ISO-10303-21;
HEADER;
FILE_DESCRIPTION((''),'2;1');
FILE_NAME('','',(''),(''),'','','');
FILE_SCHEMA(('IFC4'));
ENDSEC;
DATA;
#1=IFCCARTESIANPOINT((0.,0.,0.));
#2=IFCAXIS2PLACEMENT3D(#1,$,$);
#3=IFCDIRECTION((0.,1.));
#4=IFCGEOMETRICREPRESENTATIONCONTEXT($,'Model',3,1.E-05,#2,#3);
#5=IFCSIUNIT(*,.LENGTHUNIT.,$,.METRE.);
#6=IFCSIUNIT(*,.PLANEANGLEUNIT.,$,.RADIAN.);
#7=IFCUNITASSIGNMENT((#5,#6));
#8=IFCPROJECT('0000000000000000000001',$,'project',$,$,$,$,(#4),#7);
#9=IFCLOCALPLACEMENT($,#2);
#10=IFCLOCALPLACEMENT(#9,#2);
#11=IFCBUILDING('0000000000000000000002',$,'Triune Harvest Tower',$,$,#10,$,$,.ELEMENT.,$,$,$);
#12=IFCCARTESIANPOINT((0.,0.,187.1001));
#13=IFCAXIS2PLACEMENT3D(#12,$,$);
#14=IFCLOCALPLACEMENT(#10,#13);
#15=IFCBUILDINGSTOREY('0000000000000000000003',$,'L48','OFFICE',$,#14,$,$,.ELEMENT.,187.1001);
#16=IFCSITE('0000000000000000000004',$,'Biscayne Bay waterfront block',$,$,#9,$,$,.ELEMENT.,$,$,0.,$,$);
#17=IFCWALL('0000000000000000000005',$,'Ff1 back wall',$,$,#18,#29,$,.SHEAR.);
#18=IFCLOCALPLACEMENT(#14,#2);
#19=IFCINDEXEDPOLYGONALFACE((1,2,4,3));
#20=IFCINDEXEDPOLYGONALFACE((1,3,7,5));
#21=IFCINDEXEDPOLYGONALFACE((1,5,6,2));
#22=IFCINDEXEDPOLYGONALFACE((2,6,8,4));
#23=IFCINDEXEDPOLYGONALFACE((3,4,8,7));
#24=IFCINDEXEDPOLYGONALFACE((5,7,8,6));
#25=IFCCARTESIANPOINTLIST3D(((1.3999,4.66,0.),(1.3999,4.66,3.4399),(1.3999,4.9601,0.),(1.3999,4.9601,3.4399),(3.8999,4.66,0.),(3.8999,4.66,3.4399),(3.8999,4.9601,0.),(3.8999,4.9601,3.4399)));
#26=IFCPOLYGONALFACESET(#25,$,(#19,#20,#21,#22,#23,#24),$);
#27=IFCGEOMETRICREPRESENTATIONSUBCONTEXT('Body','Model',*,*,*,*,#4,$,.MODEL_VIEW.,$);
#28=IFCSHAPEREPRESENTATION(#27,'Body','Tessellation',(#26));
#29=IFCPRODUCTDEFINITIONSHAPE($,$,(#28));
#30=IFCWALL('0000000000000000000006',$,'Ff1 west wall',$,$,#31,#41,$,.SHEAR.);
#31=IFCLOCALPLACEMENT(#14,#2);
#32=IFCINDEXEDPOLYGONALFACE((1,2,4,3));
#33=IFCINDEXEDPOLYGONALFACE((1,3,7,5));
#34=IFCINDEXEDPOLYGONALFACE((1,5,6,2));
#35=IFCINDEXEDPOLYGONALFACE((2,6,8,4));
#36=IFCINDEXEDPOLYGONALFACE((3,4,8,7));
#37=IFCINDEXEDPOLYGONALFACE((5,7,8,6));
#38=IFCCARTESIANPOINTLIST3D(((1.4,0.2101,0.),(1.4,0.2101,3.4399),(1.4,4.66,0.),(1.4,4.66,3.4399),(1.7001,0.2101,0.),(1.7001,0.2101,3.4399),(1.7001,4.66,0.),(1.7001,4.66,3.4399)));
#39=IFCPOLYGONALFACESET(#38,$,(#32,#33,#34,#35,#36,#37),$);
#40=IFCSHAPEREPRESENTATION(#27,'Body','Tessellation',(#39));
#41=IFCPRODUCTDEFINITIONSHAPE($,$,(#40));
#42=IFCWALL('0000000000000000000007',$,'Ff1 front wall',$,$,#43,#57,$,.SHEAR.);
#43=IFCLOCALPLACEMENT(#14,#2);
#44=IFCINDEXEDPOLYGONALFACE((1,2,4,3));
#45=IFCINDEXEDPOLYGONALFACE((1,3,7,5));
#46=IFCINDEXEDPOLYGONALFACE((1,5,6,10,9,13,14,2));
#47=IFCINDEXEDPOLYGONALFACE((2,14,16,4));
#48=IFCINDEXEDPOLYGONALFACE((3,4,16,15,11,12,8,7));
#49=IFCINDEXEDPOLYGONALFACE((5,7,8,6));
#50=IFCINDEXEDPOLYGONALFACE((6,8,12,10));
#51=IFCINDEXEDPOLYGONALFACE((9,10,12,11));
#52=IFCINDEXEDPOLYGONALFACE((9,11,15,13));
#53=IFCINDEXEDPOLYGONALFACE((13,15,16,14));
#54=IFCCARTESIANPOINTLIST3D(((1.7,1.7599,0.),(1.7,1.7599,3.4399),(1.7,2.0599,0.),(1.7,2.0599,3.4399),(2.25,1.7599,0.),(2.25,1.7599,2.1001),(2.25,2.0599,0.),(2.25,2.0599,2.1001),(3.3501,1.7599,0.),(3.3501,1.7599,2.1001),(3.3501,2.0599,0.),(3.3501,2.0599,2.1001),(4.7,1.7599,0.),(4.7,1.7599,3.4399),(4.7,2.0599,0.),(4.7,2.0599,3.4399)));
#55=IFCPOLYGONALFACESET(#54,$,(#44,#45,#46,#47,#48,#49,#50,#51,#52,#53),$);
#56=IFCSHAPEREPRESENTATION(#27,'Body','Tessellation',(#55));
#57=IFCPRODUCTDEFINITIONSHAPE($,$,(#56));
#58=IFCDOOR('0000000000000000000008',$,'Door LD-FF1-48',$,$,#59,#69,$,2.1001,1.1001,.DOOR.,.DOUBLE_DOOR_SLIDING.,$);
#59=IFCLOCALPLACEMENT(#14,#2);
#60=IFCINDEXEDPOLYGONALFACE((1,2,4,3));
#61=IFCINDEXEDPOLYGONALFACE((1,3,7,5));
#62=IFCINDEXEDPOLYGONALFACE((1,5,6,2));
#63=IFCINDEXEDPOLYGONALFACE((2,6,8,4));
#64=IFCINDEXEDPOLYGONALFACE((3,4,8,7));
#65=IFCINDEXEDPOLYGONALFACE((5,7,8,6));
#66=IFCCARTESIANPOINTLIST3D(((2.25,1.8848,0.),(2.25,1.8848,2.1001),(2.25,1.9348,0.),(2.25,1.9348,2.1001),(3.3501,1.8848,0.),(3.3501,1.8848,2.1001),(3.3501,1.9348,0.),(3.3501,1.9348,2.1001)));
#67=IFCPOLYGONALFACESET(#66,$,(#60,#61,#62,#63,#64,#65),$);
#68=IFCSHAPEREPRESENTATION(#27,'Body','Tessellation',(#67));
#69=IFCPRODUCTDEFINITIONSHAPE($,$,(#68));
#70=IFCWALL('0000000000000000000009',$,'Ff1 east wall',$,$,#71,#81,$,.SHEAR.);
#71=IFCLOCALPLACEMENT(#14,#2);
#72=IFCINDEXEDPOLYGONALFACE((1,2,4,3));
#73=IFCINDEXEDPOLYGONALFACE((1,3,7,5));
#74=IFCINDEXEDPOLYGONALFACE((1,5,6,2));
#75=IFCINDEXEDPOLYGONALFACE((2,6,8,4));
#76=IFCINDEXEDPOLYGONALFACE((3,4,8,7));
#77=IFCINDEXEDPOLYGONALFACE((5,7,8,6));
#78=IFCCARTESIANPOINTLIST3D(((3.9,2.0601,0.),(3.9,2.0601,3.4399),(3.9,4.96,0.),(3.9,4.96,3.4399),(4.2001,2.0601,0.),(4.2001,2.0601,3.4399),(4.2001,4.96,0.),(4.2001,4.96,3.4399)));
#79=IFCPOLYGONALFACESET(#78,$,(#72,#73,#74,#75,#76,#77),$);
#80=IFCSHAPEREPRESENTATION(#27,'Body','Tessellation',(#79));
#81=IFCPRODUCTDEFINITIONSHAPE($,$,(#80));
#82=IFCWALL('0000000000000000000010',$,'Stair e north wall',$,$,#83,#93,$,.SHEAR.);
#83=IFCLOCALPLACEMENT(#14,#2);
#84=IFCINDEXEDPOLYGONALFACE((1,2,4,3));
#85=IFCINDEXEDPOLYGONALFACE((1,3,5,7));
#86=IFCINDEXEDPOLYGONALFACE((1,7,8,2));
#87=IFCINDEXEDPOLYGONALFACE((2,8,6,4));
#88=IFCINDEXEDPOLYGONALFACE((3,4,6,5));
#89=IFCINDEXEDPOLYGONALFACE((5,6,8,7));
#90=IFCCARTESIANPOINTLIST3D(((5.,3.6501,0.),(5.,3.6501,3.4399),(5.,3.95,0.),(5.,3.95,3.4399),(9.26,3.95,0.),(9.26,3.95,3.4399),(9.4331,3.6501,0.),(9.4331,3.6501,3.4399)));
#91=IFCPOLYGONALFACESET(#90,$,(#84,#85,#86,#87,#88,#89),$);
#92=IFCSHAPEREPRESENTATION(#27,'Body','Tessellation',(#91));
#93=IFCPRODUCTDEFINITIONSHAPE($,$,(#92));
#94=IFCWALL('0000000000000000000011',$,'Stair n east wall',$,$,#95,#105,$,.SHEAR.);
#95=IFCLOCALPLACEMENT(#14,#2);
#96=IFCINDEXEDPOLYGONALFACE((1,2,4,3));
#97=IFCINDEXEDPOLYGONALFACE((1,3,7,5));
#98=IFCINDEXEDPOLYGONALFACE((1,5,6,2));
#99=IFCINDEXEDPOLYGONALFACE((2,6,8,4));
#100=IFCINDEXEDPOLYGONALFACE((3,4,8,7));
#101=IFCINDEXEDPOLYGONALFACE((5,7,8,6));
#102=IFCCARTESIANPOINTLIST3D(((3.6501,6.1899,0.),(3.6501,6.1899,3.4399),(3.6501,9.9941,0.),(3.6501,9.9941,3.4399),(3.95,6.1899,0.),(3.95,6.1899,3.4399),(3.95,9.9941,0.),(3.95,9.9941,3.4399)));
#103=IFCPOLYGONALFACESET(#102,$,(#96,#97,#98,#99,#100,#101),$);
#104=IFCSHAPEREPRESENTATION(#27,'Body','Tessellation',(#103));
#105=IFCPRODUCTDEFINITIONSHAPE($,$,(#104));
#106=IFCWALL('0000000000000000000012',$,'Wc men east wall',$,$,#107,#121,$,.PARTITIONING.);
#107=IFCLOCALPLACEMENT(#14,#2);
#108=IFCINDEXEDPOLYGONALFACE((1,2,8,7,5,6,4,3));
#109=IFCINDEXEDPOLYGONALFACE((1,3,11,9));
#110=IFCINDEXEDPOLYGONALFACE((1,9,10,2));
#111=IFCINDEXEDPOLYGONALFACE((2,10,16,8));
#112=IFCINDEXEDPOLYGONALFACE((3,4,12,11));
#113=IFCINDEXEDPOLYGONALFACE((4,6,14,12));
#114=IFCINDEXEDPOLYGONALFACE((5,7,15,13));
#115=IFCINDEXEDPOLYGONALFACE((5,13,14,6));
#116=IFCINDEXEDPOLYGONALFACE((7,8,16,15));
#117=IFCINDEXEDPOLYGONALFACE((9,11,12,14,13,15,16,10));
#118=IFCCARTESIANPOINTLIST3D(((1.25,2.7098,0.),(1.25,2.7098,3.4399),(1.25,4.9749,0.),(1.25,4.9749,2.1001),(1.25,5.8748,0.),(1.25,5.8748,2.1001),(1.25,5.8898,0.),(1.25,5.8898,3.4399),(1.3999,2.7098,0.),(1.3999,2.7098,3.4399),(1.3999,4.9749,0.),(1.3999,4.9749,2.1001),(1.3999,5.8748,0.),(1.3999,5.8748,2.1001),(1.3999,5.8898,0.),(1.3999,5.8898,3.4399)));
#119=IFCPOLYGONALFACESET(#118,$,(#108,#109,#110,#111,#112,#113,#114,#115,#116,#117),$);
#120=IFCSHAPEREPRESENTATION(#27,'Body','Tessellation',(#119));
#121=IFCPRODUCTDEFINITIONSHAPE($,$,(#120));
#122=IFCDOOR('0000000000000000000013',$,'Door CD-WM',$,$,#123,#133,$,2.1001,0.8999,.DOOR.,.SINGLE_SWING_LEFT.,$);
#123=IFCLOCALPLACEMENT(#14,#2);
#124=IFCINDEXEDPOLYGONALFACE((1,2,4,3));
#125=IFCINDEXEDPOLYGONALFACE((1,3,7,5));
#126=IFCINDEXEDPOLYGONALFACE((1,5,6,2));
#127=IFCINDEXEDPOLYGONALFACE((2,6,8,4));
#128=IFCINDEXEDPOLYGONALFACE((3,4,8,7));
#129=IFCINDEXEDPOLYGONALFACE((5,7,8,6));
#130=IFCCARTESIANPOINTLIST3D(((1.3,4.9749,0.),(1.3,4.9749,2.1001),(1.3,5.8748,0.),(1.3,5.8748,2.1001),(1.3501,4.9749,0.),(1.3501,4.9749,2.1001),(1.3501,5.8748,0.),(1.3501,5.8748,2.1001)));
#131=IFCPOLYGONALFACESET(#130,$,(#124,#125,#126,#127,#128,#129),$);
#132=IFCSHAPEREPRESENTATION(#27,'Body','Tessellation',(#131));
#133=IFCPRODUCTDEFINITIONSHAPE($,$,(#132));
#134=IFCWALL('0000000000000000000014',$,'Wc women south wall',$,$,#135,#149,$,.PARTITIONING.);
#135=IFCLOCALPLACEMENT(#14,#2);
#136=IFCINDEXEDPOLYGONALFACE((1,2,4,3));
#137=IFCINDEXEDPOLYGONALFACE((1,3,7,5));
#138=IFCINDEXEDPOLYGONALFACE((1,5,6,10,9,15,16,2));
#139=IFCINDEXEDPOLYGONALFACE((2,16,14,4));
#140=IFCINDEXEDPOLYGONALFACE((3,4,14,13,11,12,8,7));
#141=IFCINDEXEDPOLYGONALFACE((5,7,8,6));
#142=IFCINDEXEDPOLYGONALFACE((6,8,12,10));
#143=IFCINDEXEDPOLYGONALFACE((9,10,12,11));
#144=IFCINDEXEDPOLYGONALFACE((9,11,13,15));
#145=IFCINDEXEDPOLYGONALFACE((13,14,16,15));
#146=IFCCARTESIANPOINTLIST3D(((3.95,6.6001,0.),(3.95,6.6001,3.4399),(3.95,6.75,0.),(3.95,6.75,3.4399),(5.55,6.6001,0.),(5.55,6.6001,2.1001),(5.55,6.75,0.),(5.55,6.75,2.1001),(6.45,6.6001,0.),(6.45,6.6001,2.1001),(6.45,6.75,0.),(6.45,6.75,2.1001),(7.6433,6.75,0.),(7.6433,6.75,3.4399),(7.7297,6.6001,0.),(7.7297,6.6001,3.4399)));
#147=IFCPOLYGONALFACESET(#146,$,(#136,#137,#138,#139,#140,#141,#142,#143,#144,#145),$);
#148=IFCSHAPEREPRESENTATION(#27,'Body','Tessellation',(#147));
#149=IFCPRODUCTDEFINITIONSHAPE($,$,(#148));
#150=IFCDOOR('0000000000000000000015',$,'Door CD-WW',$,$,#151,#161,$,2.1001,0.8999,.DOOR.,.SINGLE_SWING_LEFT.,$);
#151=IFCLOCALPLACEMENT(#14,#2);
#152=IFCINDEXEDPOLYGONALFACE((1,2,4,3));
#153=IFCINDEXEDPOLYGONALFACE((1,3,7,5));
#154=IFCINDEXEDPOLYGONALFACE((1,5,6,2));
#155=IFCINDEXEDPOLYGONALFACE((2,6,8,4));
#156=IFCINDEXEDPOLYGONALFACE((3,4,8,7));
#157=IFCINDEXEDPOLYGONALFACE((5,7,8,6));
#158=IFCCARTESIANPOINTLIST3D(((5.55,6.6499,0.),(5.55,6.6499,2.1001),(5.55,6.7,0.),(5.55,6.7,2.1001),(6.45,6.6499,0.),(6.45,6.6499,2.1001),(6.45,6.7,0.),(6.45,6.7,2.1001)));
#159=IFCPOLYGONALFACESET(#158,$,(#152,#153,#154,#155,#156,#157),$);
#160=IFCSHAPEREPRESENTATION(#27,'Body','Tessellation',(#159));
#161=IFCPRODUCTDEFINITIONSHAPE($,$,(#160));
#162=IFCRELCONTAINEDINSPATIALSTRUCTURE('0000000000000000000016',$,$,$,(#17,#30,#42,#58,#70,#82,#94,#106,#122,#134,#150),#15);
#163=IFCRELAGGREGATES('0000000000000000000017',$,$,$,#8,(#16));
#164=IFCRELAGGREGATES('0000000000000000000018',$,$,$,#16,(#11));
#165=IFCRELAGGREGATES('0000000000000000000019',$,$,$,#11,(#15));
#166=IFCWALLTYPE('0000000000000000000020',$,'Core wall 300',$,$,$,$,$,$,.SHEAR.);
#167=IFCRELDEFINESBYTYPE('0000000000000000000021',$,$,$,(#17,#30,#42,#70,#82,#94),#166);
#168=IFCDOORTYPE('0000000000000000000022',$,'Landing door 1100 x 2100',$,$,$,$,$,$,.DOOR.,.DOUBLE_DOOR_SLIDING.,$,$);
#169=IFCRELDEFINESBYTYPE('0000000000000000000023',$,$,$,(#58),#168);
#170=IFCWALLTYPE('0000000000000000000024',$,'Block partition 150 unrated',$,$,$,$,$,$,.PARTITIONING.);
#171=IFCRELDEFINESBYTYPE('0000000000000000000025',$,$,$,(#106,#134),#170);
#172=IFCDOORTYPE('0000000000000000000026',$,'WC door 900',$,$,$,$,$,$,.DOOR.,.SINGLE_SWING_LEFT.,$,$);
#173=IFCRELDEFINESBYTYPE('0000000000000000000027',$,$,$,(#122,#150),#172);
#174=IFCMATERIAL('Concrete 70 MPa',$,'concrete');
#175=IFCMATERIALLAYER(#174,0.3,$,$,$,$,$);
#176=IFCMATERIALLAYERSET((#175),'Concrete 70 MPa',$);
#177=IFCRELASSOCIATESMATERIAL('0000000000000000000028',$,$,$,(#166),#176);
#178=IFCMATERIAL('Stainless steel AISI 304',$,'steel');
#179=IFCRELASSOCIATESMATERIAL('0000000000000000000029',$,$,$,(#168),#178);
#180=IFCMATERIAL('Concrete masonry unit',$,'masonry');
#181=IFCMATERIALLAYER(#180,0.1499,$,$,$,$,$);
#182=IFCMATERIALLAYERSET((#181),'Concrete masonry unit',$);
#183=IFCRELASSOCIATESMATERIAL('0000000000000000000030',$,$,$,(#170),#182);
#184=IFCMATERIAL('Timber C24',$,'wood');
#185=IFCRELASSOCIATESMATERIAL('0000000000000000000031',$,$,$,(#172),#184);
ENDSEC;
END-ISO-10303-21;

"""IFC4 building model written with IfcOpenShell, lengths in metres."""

from ifc_helpers import new_model, si_unit, direction, frame, frame_2d, origin, place, context, subcontext, project, spatial, polyline, rectangle, outline, extrude, source, transform, mapped, material, layer, layer_set, type_object, element, fill, save


model = new_model("IFC4")

# Units and contexts
model_context = context("Model", 3, precision=1e-05, world=origin(), true_north=direction((0.0, 1.0)))
body_context = subcontext(model_context, "Body", "Model", "MODEL_VIEW")
ifc_project = project(units=[si_unit("LENGTHUNIT", "METRE"), si_unit("PLANEANGLEUNIT", "RADIAN")], contexts=[model_context])

# Site, building, storey
site_placement = place(None, origin())
site = spatial("IfcSite", under=ifc_project, at=site_placement, Name="Biscayne Bay waterfront block", CompositionType="ELEMENT", RefElevation=0.0)
building_placement = place(site_placement, origin())
building = spatial("IfcBuilding", under=site, at=building_placement, Name="Triune Harvest Tower", CompositionType="ELEMENT")
storey_placement = place(building_placement, frame((0.0, 0.0, 187.1001)))
storey = spatial("IfcBuildingStorey", under=building, at=storey_placement, Name="L48", Description="OFFICE", CompositionType="ELEMENT", Elevation=187.1001)

# Walls
ifc_material_1 = material(Name="Concrete 70 MPa", Category="concrete")
ifc_layer_1 = layer(ifc_material_1, 0.3)
ifc_layer_set_1 = layer_set([ifc_layer_1], Name="Concrete 70 MPa")
wall_type_1 = type_object("IfcWallType", Name="Core wall 300", PredefinedType="SHEAR", material=ifc_layer_set_1)
shared_shape_1 = source(origin(), body_context, "Body", "SweptSolid", [
    extrude(rectangle(XDim=2.5, YDim=0.3, at=frame_2d((1.25, 0.0))), origin(), (0.0, 0.0, 1.0), 3.4399),
])
wall_1_placement = place(storey_placement, frame((1.3999, 4.8101, 0.0), z_axis=(0.0, 0.0, 1.0), x_axis=(1.0, 0.0, 0.0)))
element("IfcWall", 1, at=wall_1_placement, inside=storey, type_object=wall_type_1, Name="Ff1 back wall", PredefinedType="SHEAR", context=body_context, shape_type="MappedRepresentation", body=[
    mapped(shared_shape_1, transform((0.0, 0.0, 0.0), scale=1.0)),
])
shared_shape_2 = source(origin(), body_context, "Body", "SweptSolid", [
    extrude(rectangle(XDim=4.45, YDim=0.3, at=frame_2d((2.2251, 0.0))), origin(), (0.0, 0.0, 1.0), 3.4399),
])
wall_2_placement = place(storey_placement, frame((1.55, 0.21, 0.0), z_axis=(0.0, 0.0, 1.0), x_axis=(0.0, 1.0, 0.0)))
element("IfcWall", 2, at=wall_2_placement, inside=storey, type_object=wall_type_1, Name="Ff1 west wall", PredefinedType="SHEAR", context=body_context, shape_type="MappedRepresentation", body=[
    mapped(shared_shape_2, transform((0.0, 0.0, 0.0), scale=1.0)),
])

# Wall, opening, door
shared_shape_3 = source(origin(), body_context, "Body", "SweptSolid", [
    extrude(rectangle(XDim=3.0, YDim=0.3, at=frame_2d((1.5, 0.0))), origin(), (0.0, 0.0, 1.0), 3.4399),
])
wall_3_placement = place(storey_placement, frame((1.7, 1.9099, 0.0), z_axis=(0.0, 0.0, 1.0), x_axis=(1.0, 0.0, 0.0)))
wall_3 = element("IfcWall", 3, at=wall_3_placement, inside=storey, type_object=wall_type_1, Name="Ff1 front wall", PredefinedType="SHEAR", context=body_context, shape_type="MappedRepresentation", body=[
    mapped(shared_shape_3, transform((0.0, 0.0, 0.0), scale=1.0)),
])
opening_1_placement = place(wall_3_placement, frame((0.55, 0.0, 0.0)))
opening_1 = element("IfcOpeningElement", 4, at=opening_1_placement, cuts=wall_3, PredefinedType="OPENING", context=body_context, shape_type="SweptSolid", body=[
    extrude(rectangle(XDim=1.1001, YDim=2.1001, at=frame_2d((0.55, 1.05))), frame((0.0, 0.1602, 0.0), z_axis=(0.0, -1.0, 0.0), x_axis=(1.0, 0.0, 0.0)), (0.0, 0.0, 1.0), 0.3201),
])
ifc_material_2 = material(Name="Stainless steel AISI 304", Category="steel")
door_type_1 = type_object("IfcDoorType", Name="Landing door 1100 x 2100", OperationType="DOUBLE_DOOR_SLIDING", PredefinedType="DOOR", material=ifc_material_2)
door_1_placement = place(opening_1_placement, origin())
door_1 = element("IfcDoor", 5, at=door_1_placement, inside=storey, type_object=door_type_1, Name="Door LD-FF1-48", OperationType="DOUBLE_DOOR_SLIDING", OverallHeight=2.1001, OverallWidth=1.1001, PredefinedType="DOOR", context=body_context, shape_type="SweptSolid", body=[
    extrude(rectangle(XDim=1.1001, YDim=2.1001, at=frame_2d((0.55, 1.05))), frame((0.0, 0.0249, 0.0), z_axis=(0.0, -1.0, 0.0), x_axis=(1.0, 0.0, 0.0)), (0.0, 0.0, 1.0), 0.05),
])
fill(opening_1, door_1)

# Walls
shared_shape_4 = source(origin(), body_context, "Body", "SweptSolid", [
    extrude(rectangle(XDim=2.8999, YDim=0.3, at=frame_2d((1.45, 0.0))), origin(), (0.0, 0.0, 1.0), 3.4399),
])
wall_4_placement = place(storey_placement, frame((4.05, 2.0601, 0.0), z_axis=(0.0, 0.0, 1.0), x_axis=(0.0, 1.0, 0.0)))
element("IfcWall", 6, at=wall_4_placement, inside=storey, type_object=wall_type_1, Name="Ff1 east wall", PredefinedType="SHEAR", context=body_context, shape_type="MappedRepresentation", body=[
    mapped(shared_shape_4, transform((0.0, 0.0, 0.0), scale=1.0)),
])
shared_shape_5 = source(origin(), body_context, "Body", "SweptSolid", [
    extrude(outline(polyline([(0.0, -0.1499), (0.0, 0.1499), (4.26, 0.1499), (4.4331, -0.1499), (0.0, -0.1499)])), origin(), (0.0, 0.0, 1.0), 3.4399),
])
wall_5_placement = place(storey_placement, frame((5.0, 3.8, 0.0), z_axis=(0.0, 0.0, 1.0), x_axis=(1.0, 0.0, 0.0)))
element("IfcWall", 7, at=wall_5_placement, inside=storey, type_object=wall_type_1, Name="Stair e north wall", PredefinedType="SHEAR", context=body_context, shape_type="MappedRepresentation", body=[
    mapped(shared_shape_5, transform((0.0, 0.0, 0.0), scale=1.0)),
])
shared_shape_6 = source(origin(), body_context, "Body", "SweptSolid", [
    extrude(outline(polyline([(0.0, -0.1499), (0.0, 0.1499), (3.8042, 0.1499), (3.8042, -0.1499), (0.0, -0.1499)])), origin(), (0.0, 0.0, 1.0), 3.4399),
])
wall_6_placement = place(storey_placement, frame((3.8, 6.1899, 0.0), z_axis=(0.0, 0.0, 1.0), x_axis=(0.0, 1.0, 0.0)))
element("IfcWall", 8, at=wall_6_placement, inside=storey, type_object=wall_type_1, Name="Stair n east wall", PredefinedType="SHEAR", context=body_context, shape_type="MappedRepresentation", body=[
    mapped(shared_shape_6, transform((0.0, 0.0, 0.0), scale=1.0)),
])

# Walls, openings, doors
ifc_material_3 = material(Name="Concrete masonry unit", Category="masonry")
ifc_layer_2 = layer(ifc_material_3, 0.1499)
ifc_layer_set_2 = layer_set([ifc_layer_2], Name="Concrete masonry unit")
wall_type_2 = type_object("IfcWallType", Name="Block partition 150 unrated", PredefinedType="PARTITIONING", material=ifc_layer_set_2)
shared_shape_7 = source(origin(), body_context, "Body", "SweptSolid", [
    extrude(rectangle(XDim=3.1799, YDim=0.1499, at=frame_2d((1.5898, 0.0))), origin(), (0.0, 0.0, 1.0), 3.4399),
])
wall_7_placement = place(storey_placement, frame((1.325, 2.71, 0.0), z_axis=(0.0, 0.0, 1.0), x_axis=(0.0, 1.0, 0.0)))
wall_7 = element("IfcWall", 9, at=wall_7_placement, inside=storey, type_object=wall_type_2, Name="Wc men east wall", PredefinedType="PARTITIONING", context=body_context, shape_type="MappedRepresentation", body=[
    mapped(shared_shape_7, transform((0.0, 0.0, 0.0), scale=1.0)),
])
opening_2_placement = place(wall_7_placement, frame((2.2649, 0.0, 0.0)))
opening_2 = element("IfcOpeningElement", 10, at=opening_2_placement, cuts=wall_7, PredefinedType="OPENING", context=body_context, shape_type="SweptSolid", body=[
    extrude(rectangle(XDim=0.8999, YDim=2.1001, at=frame_2d((0.45, 1.05))), frame((0.0, 0.085, 0.0), z_axis=(0.0, -1.0, 0.0), x_axis=(1.0, 0.0, 0.0)), (0.0, 0.0, 1.0), 0.1699),
])
ifc_material_4 = material(Name="Timber C24", Category="wood")
door_type_2 = type_object("IfcDoorType", Name="WC door 900", OperationType="SINGLE_SWING_LEFT", PredefinedType="DOOR", material=ifc_material_4)
door_2_placement = place(opening_2_placement, origin())
door_2 = element("IfcDoor", 11, at=door_2_placement, inside=storey, type_object=door_type_2, Name="Door CD-WM", OperationType="SINGLE_SWING_LEFT", OverallHeight=2.1001, OverallWidth=0.8999, PredefinedType="DOOR", context=body_context, shape_type="SweptSolid", body=[
    extrude(rectangle(XDim=0.8999, YDim=2.1001, at=frame_2d((0.45, 1.05))), frame((0.0, 0.0249, 0.0), z_axis=(0.0, -1.0, 0.0), x_axis=(1.0, 0.0, 0.0)), (0.0, 0.0, 1.0), 0.05),
])
fill(opening_2, door_2)
shared_shape_8 = source(origin(), body_context, "Body", "SweptSolid", [
    extrude(outline(polyline([(0.0, -0.075), (0.0, 0.075), (3.6934, 0.075), (3.7798, -0.075), (0.0, -0.075)])), origin(), (0.0, 0.0, 1.0), 3.4399),
])
wall_8_placement = place(storey_placement, frame((3.95, 6.675, 0.0), z_axis=(0.0, 0.0, 1.0), x_axis=(1.0, 0.0, 0.0)))
wall_8 = element("IfcWall", 12, at=wall_8_placement, inside=storey, type_object=wall_type_2, Name="Wc women south wall", PredefinedType="PARTITIONING", context=body_context, shape_type="MappedRepresentation", body=[
    mapped(shared_shape_8, transform((0.0, 0.0, 0.0), scale=1.0)),
])
opening_3_placement = place(wall_8_placement, frame((1.6001, 0.0, 0.0)))
opening_3 = element("IfcOpeningElement", 13, at=opening_3_placement, cuts=wall_8, PredefinedType="OPENING", context=body_context, shape_type="SweptSolid", body=[
    extrude(rectangle(XDim=0.8999, YDim=2.1001, at=frame_2d((0.45, 1.05))), frame((0.0, 0.085, 0.0), z_axis=(0.0, -1.0, 0.0), x_axis=(1.0, 0.0, 0.0)), (0.0, 0.0, 1.0), 0.1699),
])
door_3_placement = place(opening_3_placement, origin())
door_3 = element("IfcDoor", 14, at=door_3_placement, inside=storey, type_object=door_type_2, Name="Door CD-WW", OperationType="SINGLE_SWING_LEFT", OverallHeight=2.1001, OverallWidth=0.8999, PredefinedType="DOOR", context=body_context, shape_type="SweptSolid", body=[
    extrude(rectangle(XDim=0.8999, YDim=2.1001, at=frame_2d((0.45, 1.05))), frame((0.0, 0.0249, 0.0), z_axis=(0.0, -1.0, 0.0), x_axis=(1.0, 0.0, 0.0)), (0.0, 0.0, 1.0), 0.05),
])
fill(opening_3, door_3)

save(model, "model.ifc")
